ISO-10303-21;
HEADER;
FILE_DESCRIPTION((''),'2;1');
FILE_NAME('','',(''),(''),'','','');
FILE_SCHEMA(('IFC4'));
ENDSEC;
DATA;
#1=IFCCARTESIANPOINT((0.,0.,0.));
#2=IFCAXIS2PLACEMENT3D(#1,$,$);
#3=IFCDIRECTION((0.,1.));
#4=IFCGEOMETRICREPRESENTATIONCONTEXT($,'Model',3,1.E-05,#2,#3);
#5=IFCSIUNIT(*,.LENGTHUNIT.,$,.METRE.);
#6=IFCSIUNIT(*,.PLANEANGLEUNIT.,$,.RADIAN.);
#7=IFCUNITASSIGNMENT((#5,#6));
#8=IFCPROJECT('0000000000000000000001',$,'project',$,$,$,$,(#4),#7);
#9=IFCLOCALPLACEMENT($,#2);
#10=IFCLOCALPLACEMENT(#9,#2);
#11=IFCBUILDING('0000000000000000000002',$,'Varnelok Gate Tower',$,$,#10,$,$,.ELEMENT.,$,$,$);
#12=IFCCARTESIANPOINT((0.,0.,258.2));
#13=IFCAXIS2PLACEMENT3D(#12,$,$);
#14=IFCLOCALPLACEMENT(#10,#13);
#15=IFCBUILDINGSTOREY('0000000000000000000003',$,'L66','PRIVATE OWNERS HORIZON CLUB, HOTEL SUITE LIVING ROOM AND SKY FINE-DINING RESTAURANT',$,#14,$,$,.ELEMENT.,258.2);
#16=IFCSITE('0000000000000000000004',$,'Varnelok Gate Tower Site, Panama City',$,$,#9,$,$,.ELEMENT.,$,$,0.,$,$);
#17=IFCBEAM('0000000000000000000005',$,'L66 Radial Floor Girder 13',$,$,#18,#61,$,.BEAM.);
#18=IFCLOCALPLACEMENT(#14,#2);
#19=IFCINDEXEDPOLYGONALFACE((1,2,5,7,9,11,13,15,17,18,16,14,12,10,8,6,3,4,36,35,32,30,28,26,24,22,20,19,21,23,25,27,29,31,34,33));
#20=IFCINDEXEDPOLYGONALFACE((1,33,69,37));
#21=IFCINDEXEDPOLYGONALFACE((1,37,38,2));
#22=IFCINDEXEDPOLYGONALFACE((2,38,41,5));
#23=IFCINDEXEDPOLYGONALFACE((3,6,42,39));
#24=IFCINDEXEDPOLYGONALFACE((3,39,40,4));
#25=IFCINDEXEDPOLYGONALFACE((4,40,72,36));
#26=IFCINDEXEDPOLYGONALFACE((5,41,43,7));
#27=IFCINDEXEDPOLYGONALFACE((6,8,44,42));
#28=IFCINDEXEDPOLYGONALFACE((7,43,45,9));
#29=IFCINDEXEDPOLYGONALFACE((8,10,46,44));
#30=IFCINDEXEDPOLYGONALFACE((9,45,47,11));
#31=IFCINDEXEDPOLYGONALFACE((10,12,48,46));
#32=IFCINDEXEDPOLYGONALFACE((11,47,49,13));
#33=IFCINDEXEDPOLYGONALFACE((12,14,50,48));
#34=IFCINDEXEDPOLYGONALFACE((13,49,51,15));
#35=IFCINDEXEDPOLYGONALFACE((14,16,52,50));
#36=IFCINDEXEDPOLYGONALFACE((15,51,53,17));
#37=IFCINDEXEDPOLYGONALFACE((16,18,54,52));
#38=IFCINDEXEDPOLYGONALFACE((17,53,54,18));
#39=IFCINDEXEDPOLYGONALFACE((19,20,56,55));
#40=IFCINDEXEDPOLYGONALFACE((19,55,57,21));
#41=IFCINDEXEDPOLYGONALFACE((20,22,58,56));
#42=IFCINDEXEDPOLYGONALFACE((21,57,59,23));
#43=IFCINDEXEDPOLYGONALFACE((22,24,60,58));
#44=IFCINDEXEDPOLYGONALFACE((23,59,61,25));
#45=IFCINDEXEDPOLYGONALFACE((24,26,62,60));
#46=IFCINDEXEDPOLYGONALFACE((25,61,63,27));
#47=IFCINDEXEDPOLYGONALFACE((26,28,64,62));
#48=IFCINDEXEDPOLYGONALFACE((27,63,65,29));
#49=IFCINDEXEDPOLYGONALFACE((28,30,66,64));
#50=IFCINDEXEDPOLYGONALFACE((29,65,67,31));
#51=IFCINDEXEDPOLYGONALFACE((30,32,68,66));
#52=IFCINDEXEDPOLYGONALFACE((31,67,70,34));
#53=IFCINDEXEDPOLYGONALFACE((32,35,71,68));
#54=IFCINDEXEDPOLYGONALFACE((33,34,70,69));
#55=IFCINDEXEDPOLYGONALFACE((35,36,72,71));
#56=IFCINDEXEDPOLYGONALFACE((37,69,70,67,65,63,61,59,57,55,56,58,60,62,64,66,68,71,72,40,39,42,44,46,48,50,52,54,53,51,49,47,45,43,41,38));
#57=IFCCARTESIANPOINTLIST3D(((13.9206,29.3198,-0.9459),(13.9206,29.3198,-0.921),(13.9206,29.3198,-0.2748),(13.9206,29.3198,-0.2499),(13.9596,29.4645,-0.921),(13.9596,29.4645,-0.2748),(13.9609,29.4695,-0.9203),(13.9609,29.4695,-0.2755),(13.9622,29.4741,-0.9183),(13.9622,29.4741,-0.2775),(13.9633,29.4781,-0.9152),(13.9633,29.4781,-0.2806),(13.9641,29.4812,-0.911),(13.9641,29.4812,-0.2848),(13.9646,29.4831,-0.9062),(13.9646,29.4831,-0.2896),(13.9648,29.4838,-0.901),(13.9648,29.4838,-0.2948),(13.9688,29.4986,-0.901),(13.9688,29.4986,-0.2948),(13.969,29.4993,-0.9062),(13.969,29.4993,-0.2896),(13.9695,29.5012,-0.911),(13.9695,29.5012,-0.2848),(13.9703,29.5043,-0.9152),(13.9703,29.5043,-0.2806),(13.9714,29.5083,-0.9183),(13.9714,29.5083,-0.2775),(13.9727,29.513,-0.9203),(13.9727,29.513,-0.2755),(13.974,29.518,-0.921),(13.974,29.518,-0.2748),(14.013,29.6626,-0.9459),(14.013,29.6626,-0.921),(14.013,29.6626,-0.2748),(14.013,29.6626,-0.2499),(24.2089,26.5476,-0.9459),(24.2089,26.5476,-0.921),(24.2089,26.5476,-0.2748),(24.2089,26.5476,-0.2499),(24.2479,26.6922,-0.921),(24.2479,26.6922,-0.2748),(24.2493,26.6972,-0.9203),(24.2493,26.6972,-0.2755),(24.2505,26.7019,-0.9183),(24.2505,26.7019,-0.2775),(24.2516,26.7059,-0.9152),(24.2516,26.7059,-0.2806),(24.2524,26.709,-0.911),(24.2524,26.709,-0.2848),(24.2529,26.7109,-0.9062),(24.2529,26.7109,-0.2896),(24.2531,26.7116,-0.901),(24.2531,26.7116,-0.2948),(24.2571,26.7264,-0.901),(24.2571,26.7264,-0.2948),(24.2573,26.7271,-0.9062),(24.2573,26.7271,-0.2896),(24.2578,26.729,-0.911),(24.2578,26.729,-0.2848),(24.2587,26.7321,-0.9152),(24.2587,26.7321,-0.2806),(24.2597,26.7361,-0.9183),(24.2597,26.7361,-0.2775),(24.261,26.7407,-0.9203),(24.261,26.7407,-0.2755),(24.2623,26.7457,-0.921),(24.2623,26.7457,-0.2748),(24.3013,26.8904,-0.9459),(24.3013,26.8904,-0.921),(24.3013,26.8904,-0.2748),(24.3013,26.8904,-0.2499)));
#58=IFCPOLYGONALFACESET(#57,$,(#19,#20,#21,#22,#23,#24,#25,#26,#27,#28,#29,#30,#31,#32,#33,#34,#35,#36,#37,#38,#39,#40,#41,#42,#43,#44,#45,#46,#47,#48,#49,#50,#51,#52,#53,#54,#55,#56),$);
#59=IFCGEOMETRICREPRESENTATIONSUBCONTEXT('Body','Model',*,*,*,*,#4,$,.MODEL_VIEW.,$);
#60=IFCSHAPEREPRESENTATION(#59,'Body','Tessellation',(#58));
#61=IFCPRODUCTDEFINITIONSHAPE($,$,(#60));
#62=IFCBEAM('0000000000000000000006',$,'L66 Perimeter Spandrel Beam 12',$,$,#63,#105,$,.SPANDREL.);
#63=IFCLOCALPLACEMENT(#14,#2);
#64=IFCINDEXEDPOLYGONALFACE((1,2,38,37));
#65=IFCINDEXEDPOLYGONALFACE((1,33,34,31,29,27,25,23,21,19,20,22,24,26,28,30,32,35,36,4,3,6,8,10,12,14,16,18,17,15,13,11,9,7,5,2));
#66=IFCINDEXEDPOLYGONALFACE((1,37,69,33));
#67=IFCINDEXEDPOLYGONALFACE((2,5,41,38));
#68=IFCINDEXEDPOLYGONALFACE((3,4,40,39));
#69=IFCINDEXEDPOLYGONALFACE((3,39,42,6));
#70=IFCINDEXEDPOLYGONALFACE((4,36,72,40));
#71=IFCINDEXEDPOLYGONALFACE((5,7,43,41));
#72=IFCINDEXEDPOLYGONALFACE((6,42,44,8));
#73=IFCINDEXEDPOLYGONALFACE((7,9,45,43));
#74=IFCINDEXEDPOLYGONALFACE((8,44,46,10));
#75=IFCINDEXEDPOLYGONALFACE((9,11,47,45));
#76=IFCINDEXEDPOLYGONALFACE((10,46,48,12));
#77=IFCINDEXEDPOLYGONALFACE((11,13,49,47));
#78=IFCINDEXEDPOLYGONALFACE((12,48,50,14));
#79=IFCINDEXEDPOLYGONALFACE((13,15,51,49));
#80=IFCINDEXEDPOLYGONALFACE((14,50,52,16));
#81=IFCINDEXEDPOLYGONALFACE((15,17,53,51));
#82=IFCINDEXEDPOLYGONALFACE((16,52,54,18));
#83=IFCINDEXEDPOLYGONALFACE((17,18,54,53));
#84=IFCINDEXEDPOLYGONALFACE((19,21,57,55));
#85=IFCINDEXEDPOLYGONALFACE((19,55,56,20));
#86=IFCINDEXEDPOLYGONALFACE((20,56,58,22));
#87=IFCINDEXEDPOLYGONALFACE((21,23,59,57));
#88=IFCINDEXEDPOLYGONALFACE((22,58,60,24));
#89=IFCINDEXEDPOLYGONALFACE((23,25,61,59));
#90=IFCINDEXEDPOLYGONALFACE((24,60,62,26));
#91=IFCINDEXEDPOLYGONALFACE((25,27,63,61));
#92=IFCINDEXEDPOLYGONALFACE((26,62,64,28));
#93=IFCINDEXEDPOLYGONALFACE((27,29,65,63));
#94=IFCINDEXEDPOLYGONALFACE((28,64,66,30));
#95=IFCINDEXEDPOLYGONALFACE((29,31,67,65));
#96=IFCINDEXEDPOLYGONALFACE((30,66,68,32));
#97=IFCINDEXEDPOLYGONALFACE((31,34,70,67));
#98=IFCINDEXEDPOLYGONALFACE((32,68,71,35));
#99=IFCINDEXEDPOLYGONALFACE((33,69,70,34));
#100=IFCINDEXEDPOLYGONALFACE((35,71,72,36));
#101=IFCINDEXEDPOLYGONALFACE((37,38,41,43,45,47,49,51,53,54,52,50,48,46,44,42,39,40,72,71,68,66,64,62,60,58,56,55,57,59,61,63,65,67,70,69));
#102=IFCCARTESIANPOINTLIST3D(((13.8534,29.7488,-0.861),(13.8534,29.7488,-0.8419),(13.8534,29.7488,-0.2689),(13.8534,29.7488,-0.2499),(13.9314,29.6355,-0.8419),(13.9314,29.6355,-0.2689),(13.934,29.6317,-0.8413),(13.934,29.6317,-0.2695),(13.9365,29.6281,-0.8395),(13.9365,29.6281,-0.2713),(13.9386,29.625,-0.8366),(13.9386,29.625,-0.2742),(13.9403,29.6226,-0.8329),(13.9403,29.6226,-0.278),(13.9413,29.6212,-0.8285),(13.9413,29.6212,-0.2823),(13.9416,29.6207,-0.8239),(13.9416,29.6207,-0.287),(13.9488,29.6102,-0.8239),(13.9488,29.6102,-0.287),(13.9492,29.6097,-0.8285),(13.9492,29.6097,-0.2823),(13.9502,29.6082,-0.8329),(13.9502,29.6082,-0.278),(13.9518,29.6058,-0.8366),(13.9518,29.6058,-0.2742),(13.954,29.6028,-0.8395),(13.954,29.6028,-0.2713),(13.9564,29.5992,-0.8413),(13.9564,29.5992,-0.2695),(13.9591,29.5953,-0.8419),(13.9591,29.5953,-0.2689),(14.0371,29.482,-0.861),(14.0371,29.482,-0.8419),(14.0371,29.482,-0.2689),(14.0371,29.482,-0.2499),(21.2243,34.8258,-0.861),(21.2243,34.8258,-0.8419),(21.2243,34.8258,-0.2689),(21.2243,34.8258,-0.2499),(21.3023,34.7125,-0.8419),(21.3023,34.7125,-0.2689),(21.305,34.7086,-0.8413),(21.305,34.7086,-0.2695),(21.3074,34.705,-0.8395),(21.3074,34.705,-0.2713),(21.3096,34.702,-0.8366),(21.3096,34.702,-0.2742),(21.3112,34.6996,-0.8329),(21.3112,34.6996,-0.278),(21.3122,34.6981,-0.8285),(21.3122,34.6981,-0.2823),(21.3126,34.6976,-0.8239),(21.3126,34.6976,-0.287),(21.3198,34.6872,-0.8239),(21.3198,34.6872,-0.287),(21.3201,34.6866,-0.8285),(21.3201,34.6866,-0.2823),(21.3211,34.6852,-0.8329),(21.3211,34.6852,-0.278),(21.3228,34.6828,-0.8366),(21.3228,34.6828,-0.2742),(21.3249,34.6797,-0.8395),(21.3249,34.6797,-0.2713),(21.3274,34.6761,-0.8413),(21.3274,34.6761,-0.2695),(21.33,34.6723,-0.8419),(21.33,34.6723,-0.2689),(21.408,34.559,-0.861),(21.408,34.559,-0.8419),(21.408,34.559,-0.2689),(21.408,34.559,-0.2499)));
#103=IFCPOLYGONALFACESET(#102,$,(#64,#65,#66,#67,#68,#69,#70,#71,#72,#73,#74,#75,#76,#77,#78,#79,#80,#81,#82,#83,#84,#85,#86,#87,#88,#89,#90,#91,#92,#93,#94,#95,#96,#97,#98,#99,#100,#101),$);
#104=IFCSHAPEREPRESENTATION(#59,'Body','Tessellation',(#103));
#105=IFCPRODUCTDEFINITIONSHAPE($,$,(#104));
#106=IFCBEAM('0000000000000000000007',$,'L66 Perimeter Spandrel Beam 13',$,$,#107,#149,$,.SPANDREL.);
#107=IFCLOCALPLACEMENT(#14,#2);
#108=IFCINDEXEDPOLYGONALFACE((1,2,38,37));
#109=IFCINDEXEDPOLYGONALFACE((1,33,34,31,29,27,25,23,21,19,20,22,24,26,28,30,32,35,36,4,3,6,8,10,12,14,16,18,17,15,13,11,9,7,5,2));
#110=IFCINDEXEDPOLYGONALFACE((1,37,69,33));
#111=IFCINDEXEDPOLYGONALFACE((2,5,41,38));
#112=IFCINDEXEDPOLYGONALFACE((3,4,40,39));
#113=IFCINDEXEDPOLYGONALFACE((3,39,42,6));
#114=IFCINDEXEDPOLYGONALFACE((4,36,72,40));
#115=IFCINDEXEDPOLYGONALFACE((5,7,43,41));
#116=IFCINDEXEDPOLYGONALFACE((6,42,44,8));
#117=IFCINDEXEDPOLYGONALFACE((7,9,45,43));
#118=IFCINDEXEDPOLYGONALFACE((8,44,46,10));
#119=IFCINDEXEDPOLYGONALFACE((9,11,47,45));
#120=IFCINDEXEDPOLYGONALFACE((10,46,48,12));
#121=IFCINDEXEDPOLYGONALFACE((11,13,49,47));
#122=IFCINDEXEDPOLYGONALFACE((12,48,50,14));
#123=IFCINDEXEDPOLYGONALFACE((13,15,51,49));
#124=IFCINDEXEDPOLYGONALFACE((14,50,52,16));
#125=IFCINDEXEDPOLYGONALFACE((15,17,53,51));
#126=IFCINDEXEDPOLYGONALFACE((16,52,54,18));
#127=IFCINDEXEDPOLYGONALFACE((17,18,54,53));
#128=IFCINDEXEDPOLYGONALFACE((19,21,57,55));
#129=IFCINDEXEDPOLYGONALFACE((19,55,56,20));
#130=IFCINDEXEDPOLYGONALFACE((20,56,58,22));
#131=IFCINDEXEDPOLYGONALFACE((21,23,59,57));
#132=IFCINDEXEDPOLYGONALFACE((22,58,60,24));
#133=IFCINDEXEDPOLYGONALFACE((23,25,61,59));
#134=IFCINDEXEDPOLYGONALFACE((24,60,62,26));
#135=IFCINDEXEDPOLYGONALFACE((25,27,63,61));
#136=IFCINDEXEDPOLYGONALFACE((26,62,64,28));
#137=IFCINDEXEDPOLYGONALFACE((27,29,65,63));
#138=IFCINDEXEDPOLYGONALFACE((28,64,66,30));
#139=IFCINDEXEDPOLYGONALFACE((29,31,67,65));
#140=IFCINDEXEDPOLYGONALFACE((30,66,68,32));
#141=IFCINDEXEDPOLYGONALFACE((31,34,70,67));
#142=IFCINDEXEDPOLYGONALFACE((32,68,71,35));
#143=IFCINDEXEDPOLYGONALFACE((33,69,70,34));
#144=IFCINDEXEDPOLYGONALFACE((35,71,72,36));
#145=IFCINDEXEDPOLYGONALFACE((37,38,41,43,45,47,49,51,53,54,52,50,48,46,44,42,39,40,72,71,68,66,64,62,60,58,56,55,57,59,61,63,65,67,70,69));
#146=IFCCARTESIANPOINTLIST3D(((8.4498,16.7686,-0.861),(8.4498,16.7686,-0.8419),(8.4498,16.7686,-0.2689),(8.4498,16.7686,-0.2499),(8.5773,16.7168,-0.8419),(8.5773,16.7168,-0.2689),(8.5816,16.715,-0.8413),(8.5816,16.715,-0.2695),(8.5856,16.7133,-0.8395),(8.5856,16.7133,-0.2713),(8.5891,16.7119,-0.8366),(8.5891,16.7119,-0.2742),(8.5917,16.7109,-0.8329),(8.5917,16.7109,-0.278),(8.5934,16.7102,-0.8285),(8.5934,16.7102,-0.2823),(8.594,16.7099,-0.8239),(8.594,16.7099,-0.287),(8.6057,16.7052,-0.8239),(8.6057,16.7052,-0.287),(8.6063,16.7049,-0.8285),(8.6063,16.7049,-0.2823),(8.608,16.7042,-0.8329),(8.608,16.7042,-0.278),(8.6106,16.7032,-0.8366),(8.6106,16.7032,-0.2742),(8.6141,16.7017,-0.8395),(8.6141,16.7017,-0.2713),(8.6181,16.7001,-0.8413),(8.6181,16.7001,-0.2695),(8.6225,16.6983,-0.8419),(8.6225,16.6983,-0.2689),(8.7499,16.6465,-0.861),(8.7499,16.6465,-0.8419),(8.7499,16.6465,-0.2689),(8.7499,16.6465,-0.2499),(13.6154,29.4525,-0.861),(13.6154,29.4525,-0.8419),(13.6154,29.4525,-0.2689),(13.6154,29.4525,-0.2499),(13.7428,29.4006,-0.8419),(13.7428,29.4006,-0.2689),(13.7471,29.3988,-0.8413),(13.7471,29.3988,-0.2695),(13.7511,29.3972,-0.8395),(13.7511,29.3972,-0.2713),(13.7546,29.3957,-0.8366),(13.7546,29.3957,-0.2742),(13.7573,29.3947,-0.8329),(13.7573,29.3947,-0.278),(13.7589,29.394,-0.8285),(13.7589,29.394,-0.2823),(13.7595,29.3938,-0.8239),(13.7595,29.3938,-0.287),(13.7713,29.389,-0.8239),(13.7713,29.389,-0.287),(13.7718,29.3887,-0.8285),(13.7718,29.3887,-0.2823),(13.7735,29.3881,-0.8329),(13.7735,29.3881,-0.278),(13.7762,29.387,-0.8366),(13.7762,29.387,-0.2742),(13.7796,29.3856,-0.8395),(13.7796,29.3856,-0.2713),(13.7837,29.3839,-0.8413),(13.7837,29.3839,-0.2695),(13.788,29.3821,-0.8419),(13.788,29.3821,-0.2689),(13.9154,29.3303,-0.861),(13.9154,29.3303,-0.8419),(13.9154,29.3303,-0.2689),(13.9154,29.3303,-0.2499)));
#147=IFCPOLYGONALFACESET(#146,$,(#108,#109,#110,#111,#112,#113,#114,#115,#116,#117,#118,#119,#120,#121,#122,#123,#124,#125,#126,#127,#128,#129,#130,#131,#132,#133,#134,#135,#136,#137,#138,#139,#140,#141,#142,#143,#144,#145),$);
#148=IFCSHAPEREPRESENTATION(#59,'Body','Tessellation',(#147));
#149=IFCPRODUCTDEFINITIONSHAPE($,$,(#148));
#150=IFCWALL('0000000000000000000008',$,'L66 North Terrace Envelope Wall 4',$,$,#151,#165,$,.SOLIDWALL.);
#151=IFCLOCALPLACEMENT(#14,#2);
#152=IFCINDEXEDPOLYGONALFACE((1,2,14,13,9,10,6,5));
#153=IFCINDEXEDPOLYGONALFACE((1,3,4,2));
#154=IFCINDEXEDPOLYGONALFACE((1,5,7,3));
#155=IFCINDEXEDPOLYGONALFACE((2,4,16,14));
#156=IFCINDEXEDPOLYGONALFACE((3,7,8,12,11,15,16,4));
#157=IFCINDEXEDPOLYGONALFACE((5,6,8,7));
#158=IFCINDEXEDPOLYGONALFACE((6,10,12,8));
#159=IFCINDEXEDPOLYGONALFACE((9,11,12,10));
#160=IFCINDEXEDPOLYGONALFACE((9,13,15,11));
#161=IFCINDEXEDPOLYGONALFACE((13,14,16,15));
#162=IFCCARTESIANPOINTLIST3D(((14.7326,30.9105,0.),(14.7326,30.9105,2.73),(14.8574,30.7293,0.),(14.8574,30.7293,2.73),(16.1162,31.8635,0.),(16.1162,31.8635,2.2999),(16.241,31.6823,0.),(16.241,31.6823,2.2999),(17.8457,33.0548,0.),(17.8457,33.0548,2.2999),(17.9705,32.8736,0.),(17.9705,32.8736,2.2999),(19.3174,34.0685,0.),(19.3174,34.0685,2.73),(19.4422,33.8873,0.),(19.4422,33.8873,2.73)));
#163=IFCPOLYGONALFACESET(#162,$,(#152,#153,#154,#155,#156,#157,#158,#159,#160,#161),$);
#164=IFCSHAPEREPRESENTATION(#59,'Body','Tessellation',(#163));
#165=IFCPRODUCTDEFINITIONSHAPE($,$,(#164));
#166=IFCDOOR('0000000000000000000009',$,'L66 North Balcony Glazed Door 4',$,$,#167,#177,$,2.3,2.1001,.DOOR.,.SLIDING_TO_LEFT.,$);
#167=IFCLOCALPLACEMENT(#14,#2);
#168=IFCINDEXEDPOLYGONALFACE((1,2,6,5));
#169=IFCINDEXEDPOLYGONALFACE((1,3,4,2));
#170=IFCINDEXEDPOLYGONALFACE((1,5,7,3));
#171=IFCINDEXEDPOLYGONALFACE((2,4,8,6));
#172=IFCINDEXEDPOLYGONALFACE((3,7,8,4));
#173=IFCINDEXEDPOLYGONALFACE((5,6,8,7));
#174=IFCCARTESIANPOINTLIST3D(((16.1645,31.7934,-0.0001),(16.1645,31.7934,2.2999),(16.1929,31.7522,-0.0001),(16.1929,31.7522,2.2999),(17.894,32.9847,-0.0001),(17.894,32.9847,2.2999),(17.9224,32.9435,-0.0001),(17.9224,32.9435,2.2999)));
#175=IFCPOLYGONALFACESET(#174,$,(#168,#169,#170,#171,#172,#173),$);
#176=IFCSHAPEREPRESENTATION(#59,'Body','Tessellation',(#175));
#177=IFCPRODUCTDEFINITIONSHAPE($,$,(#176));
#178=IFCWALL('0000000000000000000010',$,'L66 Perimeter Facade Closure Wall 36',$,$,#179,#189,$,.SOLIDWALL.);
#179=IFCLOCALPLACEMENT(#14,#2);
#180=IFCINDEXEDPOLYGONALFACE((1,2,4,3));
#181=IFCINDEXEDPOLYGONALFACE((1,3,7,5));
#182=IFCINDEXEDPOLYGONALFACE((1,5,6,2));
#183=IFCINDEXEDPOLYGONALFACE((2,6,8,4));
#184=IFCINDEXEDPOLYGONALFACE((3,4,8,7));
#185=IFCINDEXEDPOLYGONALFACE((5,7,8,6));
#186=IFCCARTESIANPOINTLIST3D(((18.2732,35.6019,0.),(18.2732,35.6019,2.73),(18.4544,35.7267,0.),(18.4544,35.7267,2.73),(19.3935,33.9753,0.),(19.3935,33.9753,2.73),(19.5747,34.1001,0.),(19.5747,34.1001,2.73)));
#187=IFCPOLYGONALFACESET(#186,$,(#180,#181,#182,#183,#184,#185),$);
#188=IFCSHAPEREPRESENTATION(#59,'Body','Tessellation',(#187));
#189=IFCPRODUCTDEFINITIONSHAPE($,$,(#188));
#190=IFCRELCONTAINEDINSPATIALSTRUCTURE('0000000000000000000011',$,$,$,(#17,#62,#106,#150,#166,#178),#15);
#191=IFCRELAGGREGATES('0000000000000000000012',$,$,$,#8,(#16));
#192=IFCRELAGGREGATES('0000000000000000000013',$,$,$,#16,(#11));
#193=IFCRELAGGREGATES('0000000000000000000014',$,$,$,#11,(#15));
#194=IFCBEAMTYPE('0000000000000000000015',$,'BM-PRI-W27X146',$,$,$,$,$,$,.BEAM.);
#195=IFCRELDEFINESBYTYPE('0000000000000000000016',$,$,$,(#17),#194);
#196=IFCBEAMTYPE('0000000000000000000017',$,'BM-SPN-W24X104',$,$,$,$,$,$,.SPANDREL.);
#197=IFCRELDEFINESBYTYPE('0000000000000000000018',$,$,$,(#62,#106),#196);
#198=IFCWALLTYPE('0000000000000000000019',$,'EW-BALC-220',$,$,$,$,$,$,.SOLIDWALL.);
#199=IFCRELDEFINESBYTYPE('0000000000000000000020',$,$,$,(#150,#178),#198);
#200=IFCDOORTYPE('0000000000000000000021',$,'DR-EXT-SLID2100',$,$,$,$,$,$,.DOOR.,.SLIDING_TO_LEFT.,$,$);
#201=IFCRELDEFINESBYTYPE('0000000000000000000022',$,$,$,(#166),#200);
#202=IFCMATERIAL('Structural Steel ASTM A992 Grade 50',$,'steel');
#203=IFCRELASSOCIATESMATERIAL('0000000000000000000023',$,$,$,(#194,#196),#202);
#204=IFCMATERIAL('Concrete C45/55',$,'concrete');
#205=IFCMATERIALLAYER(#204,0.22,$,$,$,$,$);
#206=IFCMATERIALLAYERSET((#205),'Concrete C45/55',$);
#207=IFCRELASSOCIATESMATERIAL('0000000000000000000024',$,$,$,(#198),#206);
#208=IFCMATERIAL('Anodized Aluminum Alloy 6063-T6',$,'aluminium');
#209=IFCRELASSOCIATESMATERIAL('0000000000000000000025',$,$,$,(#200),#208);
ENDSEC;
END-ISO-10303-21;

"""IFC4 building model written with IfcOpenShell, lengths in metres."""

from ifc_helpers import new_model, si_unit, direction, frame, frame_2d, origin, origin_2d, place, context, subcontext, project, spatial, rectangle, i_section, extrude, material, layer, layer_set, material_profile, profile_set, type_object, element, fill, save


model = new_model("IFC4")

# Units and contexts
model_context = context("Model", 3, precision=1e-05, world=origin(), true_north=direction((0.0, 1.0)))
body_context = subcontext(model_context, "Body", "Model", "MODEL_VIEW")
ifc_project = project(units=[si_unit("LENGTHUNIT", "METRE"), si_unit("PLANEANGLEUNIT", "RADIAN")], contexts=[model_context])

# Site, building, storey
site_placement = place(None, origin())
site = spatial("IfcSite", under=ifc_project, at=site_placement, Name="Varnelok Gate Tower Site, Panama City", CompositionType="ELEMENT", RefElevation=0.0)
building_placement = place(site_placement, origin())
building = spatial("IfcBuilding", under=site, at=building_placement, Name="Varnelok Gate Tower", CompositionType="ELEMENT")
storey_placement = place(building_placement, frame((0.0, 0.0, 258.2)))
storey = spatial("IfcBuildingStorey", under=building, at=storey_placement, Name="L66", Description="PRIVATE OWNERS HORIZON CLUB, HOTEL SUITE LIVING ROOM AND SKY FINE-DINING RESTAURANT", CompositionType="ELEMENT", Elevation=258.2)

# Shared definitions
ifc_material_1 = material(Name="Structural Steel ASTM A992 Grade 50", Category="steel")

# Beams
ifc_material_profile_1 = material_profile(ifc_material_1, i_section(OverallWidth=0.355, OverallDepth=0.696, WebThickness=0.0154, FlangeThickness=0.0249, FilletRadius=0.02, at=origin_2d()), Name="W27X146")
ifc_profile_set_1 = profile_set([ifc_material_profile_1], Name="Structural Steel ASTM A992 Grade 50")
beam_type_1 = type_object("IfcBeamType", Name="BM-PRI-W27X146", PredefinedType="BEAM", material=ifc_profile_set_1)
beam_1_placement = place(storey_placement, frame((24.2551, 26.719, -0.5979), z_axis=(-0.965562, 0.260173, 0.0), x_axis=(-0.260173, -0.965562, 0.0)))
element("IfcBeam", 1, at=beam_1_placement, inside=storey, type_object=beam_type_1, Name="L66 Radial Floor Girder 13", PredefinedType="BEAM", context=body_context, shape_type="SweptSolid", body=[
    extrude(i_section(OverallWidth=0.355, OverallDepth=0.696, WebThickness=0.0154, FlangeThickness=0.0249, FilletRadius=0.02, at=origin_2d()), origin(), (0.0, 0.0, 1.0), 10.6553),
])
ifc_material_profile_2 = material_profile(ifc_material_1, i_section(OverallWidth=0.324, OverallDepth=0.6111, WebThickness=0.0127, FlangeThickness=0.019, FilletRadius=0.0181, at=origin_2d()), Name="W24X104")
ifc_profile_set_2 = profile_set([ifc_material_profile_2], Name="Structural Steel ASTM A992 Grade 50")
beam_type_2 = type_object("IfcBeamType", Name="BM-SPN-W24X104", PredefinedType="SPANDREL", material=ifc_profile_set_2)
beam_2_placement = place(storey_placement, frame((21.3162, 34.6924, -0.5554), z_axis=(-0.823549, -0.567245, 0.0), x_axis=(0.567245, -0.823549, 0.0)))
element("IfcBeam", 2, at=beam_2_placement, inside=storey, type_object=beam_type_2, Name="L66 Perimeter Spandrel Beam 12", PredefinedType="SPANDREL", context=body_context, shape_type="SweptSolid", body=[
    extrude(i_section(OverallWidth=0.324, OverallDepth=0.6111, WebThickness=0.0127, FlangeThickness=0.019, FilletRadius=0.0181, at=origin_2d()), origin(), (0.0, 0.0, 1.0), 8.9502),
])
beam_3_placement = place(storey_placement, frame((13.7654, 29.3914, -0.5554), z_axis=(-0.377174, -0.926142, 0.0), x_axis=(0.926142, -0.377174, 0.0)))
element("IfcBeam", 3, at=beam_3_placement, inside=storey, type_object=beam_type_2, Name="L66 Perimeter Spandrel Beam 13", PredefinedType="SPANDREL", context=body_context, shape_type="SweptSolid", body=[
    extrude(i_section(OverallWidth=0.324, OverallDepth=0.6111, WebThickness=0.0127, FlangeThickness=0.019, FilletRadius=0.0181, at=origin_2d()), origin(), (0.0, 0.0, 1.0), 13.6953),
])

# Wall, opening, door
ifc_material_2 = material(Name="Concrete C45/55", Category="concrete")
ifc_layer_1 = layer(ifc_material_2, 0.22)
ifc_layer_set_1 = layer_set([ifc_layer_1], Name="Concrete C45/55")
wall_type_1 = type_object("IfcWallType", Name="EW-BALC-220", PredefinedType="SOLIDWALL", material=ifc_layer_set_1)
wall_1_placement = place(storey_placement, frame((14.7949, 30.8198, 0.0), z_axis=(0.0, 0.0, 1.0), x_axis=(0.823541, 0.567256, 0.0)))
wall_1 = element("IfcWall", 4, at=wall_1_placement, inside=storey, type_object=wall_type_1, Name="L66 North Terrace Envelope Wall 4", PredefinedType="SOLIDWALL", context=body_context, shape_type="SweptSolid", body=[
    extrude(rectangle(XDim=5.5671, YDim=0.22, at=frame_2d((2.7837, 0.0))), origin(), (0.0, 0.0, 1.0), 2.73),
])
opening_1_placement = place(wall_1_placement, frame((1.6802, 0.0, 0.0)))
opening_1 = element("IfcOpeningElement", 5, at=opening_1_placement, cuts=wall_1, PredefinedType="OPENING", context=body_context, shape_type="SweptSolid", body=[
    extrude(rectangle(XDim=2.1001, YDim=2.3, at=frame_2d((1.05, 1.1499))), frame((0.0, 0.1199, 0.0), z_axis=(0.0, -1.0, 0.0), x_axis=(1.0, 0.0, 0.0)), (0.0, 0.0, 1.0), 0.24),
])
ifc_material_3 = material(Name="Anodized Aluminum Alloy 6063-T6", Category="aluminium")
door_type = type_object("IfcDoorType", Name="DR-EXT-SLID2100", OperationType="SLIDING_TO_LEFT", PredefinedType="DOOR", material=ifc_material_3)
door_placement = place(opening_1_placement, origin())
door = element("IfcDoor", 6, at=door_placement, inside=storey, type_object=door_type, Name="L66 North Balcony Glazed Door 4", OperationType="SLIDING_TO_LEFT", OverallHeight=2.3, OverallWidth=2.1001, PredefinedType="DOOR", context=body_context, shape_type="SweptSolid", body=[
    extrude(rectangle(XDim=2.1001, YDim=2.3, at=frame_2d((1.05, 1.1499))), frame((0.0, 0.0249, 0.0), z_axis=(0.0, -1.0, 0.0), x_axis=(1.0, 0.0, 0.0)), (0.0, 0.0, 1.0), 0.05),
])
fill(opening_1, door)

# Wall
wall_2_placement = place(storey_placement, frame((18.3638, 35.6643, 0.0), z_axis=(0.0, 0.0, 1.0), x_axis=(0.567216, -0.823569, 0.0)))
element("IfcWall", 7, at=wall_2_placement, inside=storey, type_object=wall_type_1, Name="L66 Perimeter Facade Closure Wall 36", PredefinedType="SOLIDWALL", context=body_context, shape_type="SweptSolid", body=[
    extrude(rectangle(XDim=1.9751, YDim=0.22, at=frame_2d((0.9875, 0.0))), origin(), (0.0, 0.0, 1.0), 2.73),
])

save(model, "model.ifc")
